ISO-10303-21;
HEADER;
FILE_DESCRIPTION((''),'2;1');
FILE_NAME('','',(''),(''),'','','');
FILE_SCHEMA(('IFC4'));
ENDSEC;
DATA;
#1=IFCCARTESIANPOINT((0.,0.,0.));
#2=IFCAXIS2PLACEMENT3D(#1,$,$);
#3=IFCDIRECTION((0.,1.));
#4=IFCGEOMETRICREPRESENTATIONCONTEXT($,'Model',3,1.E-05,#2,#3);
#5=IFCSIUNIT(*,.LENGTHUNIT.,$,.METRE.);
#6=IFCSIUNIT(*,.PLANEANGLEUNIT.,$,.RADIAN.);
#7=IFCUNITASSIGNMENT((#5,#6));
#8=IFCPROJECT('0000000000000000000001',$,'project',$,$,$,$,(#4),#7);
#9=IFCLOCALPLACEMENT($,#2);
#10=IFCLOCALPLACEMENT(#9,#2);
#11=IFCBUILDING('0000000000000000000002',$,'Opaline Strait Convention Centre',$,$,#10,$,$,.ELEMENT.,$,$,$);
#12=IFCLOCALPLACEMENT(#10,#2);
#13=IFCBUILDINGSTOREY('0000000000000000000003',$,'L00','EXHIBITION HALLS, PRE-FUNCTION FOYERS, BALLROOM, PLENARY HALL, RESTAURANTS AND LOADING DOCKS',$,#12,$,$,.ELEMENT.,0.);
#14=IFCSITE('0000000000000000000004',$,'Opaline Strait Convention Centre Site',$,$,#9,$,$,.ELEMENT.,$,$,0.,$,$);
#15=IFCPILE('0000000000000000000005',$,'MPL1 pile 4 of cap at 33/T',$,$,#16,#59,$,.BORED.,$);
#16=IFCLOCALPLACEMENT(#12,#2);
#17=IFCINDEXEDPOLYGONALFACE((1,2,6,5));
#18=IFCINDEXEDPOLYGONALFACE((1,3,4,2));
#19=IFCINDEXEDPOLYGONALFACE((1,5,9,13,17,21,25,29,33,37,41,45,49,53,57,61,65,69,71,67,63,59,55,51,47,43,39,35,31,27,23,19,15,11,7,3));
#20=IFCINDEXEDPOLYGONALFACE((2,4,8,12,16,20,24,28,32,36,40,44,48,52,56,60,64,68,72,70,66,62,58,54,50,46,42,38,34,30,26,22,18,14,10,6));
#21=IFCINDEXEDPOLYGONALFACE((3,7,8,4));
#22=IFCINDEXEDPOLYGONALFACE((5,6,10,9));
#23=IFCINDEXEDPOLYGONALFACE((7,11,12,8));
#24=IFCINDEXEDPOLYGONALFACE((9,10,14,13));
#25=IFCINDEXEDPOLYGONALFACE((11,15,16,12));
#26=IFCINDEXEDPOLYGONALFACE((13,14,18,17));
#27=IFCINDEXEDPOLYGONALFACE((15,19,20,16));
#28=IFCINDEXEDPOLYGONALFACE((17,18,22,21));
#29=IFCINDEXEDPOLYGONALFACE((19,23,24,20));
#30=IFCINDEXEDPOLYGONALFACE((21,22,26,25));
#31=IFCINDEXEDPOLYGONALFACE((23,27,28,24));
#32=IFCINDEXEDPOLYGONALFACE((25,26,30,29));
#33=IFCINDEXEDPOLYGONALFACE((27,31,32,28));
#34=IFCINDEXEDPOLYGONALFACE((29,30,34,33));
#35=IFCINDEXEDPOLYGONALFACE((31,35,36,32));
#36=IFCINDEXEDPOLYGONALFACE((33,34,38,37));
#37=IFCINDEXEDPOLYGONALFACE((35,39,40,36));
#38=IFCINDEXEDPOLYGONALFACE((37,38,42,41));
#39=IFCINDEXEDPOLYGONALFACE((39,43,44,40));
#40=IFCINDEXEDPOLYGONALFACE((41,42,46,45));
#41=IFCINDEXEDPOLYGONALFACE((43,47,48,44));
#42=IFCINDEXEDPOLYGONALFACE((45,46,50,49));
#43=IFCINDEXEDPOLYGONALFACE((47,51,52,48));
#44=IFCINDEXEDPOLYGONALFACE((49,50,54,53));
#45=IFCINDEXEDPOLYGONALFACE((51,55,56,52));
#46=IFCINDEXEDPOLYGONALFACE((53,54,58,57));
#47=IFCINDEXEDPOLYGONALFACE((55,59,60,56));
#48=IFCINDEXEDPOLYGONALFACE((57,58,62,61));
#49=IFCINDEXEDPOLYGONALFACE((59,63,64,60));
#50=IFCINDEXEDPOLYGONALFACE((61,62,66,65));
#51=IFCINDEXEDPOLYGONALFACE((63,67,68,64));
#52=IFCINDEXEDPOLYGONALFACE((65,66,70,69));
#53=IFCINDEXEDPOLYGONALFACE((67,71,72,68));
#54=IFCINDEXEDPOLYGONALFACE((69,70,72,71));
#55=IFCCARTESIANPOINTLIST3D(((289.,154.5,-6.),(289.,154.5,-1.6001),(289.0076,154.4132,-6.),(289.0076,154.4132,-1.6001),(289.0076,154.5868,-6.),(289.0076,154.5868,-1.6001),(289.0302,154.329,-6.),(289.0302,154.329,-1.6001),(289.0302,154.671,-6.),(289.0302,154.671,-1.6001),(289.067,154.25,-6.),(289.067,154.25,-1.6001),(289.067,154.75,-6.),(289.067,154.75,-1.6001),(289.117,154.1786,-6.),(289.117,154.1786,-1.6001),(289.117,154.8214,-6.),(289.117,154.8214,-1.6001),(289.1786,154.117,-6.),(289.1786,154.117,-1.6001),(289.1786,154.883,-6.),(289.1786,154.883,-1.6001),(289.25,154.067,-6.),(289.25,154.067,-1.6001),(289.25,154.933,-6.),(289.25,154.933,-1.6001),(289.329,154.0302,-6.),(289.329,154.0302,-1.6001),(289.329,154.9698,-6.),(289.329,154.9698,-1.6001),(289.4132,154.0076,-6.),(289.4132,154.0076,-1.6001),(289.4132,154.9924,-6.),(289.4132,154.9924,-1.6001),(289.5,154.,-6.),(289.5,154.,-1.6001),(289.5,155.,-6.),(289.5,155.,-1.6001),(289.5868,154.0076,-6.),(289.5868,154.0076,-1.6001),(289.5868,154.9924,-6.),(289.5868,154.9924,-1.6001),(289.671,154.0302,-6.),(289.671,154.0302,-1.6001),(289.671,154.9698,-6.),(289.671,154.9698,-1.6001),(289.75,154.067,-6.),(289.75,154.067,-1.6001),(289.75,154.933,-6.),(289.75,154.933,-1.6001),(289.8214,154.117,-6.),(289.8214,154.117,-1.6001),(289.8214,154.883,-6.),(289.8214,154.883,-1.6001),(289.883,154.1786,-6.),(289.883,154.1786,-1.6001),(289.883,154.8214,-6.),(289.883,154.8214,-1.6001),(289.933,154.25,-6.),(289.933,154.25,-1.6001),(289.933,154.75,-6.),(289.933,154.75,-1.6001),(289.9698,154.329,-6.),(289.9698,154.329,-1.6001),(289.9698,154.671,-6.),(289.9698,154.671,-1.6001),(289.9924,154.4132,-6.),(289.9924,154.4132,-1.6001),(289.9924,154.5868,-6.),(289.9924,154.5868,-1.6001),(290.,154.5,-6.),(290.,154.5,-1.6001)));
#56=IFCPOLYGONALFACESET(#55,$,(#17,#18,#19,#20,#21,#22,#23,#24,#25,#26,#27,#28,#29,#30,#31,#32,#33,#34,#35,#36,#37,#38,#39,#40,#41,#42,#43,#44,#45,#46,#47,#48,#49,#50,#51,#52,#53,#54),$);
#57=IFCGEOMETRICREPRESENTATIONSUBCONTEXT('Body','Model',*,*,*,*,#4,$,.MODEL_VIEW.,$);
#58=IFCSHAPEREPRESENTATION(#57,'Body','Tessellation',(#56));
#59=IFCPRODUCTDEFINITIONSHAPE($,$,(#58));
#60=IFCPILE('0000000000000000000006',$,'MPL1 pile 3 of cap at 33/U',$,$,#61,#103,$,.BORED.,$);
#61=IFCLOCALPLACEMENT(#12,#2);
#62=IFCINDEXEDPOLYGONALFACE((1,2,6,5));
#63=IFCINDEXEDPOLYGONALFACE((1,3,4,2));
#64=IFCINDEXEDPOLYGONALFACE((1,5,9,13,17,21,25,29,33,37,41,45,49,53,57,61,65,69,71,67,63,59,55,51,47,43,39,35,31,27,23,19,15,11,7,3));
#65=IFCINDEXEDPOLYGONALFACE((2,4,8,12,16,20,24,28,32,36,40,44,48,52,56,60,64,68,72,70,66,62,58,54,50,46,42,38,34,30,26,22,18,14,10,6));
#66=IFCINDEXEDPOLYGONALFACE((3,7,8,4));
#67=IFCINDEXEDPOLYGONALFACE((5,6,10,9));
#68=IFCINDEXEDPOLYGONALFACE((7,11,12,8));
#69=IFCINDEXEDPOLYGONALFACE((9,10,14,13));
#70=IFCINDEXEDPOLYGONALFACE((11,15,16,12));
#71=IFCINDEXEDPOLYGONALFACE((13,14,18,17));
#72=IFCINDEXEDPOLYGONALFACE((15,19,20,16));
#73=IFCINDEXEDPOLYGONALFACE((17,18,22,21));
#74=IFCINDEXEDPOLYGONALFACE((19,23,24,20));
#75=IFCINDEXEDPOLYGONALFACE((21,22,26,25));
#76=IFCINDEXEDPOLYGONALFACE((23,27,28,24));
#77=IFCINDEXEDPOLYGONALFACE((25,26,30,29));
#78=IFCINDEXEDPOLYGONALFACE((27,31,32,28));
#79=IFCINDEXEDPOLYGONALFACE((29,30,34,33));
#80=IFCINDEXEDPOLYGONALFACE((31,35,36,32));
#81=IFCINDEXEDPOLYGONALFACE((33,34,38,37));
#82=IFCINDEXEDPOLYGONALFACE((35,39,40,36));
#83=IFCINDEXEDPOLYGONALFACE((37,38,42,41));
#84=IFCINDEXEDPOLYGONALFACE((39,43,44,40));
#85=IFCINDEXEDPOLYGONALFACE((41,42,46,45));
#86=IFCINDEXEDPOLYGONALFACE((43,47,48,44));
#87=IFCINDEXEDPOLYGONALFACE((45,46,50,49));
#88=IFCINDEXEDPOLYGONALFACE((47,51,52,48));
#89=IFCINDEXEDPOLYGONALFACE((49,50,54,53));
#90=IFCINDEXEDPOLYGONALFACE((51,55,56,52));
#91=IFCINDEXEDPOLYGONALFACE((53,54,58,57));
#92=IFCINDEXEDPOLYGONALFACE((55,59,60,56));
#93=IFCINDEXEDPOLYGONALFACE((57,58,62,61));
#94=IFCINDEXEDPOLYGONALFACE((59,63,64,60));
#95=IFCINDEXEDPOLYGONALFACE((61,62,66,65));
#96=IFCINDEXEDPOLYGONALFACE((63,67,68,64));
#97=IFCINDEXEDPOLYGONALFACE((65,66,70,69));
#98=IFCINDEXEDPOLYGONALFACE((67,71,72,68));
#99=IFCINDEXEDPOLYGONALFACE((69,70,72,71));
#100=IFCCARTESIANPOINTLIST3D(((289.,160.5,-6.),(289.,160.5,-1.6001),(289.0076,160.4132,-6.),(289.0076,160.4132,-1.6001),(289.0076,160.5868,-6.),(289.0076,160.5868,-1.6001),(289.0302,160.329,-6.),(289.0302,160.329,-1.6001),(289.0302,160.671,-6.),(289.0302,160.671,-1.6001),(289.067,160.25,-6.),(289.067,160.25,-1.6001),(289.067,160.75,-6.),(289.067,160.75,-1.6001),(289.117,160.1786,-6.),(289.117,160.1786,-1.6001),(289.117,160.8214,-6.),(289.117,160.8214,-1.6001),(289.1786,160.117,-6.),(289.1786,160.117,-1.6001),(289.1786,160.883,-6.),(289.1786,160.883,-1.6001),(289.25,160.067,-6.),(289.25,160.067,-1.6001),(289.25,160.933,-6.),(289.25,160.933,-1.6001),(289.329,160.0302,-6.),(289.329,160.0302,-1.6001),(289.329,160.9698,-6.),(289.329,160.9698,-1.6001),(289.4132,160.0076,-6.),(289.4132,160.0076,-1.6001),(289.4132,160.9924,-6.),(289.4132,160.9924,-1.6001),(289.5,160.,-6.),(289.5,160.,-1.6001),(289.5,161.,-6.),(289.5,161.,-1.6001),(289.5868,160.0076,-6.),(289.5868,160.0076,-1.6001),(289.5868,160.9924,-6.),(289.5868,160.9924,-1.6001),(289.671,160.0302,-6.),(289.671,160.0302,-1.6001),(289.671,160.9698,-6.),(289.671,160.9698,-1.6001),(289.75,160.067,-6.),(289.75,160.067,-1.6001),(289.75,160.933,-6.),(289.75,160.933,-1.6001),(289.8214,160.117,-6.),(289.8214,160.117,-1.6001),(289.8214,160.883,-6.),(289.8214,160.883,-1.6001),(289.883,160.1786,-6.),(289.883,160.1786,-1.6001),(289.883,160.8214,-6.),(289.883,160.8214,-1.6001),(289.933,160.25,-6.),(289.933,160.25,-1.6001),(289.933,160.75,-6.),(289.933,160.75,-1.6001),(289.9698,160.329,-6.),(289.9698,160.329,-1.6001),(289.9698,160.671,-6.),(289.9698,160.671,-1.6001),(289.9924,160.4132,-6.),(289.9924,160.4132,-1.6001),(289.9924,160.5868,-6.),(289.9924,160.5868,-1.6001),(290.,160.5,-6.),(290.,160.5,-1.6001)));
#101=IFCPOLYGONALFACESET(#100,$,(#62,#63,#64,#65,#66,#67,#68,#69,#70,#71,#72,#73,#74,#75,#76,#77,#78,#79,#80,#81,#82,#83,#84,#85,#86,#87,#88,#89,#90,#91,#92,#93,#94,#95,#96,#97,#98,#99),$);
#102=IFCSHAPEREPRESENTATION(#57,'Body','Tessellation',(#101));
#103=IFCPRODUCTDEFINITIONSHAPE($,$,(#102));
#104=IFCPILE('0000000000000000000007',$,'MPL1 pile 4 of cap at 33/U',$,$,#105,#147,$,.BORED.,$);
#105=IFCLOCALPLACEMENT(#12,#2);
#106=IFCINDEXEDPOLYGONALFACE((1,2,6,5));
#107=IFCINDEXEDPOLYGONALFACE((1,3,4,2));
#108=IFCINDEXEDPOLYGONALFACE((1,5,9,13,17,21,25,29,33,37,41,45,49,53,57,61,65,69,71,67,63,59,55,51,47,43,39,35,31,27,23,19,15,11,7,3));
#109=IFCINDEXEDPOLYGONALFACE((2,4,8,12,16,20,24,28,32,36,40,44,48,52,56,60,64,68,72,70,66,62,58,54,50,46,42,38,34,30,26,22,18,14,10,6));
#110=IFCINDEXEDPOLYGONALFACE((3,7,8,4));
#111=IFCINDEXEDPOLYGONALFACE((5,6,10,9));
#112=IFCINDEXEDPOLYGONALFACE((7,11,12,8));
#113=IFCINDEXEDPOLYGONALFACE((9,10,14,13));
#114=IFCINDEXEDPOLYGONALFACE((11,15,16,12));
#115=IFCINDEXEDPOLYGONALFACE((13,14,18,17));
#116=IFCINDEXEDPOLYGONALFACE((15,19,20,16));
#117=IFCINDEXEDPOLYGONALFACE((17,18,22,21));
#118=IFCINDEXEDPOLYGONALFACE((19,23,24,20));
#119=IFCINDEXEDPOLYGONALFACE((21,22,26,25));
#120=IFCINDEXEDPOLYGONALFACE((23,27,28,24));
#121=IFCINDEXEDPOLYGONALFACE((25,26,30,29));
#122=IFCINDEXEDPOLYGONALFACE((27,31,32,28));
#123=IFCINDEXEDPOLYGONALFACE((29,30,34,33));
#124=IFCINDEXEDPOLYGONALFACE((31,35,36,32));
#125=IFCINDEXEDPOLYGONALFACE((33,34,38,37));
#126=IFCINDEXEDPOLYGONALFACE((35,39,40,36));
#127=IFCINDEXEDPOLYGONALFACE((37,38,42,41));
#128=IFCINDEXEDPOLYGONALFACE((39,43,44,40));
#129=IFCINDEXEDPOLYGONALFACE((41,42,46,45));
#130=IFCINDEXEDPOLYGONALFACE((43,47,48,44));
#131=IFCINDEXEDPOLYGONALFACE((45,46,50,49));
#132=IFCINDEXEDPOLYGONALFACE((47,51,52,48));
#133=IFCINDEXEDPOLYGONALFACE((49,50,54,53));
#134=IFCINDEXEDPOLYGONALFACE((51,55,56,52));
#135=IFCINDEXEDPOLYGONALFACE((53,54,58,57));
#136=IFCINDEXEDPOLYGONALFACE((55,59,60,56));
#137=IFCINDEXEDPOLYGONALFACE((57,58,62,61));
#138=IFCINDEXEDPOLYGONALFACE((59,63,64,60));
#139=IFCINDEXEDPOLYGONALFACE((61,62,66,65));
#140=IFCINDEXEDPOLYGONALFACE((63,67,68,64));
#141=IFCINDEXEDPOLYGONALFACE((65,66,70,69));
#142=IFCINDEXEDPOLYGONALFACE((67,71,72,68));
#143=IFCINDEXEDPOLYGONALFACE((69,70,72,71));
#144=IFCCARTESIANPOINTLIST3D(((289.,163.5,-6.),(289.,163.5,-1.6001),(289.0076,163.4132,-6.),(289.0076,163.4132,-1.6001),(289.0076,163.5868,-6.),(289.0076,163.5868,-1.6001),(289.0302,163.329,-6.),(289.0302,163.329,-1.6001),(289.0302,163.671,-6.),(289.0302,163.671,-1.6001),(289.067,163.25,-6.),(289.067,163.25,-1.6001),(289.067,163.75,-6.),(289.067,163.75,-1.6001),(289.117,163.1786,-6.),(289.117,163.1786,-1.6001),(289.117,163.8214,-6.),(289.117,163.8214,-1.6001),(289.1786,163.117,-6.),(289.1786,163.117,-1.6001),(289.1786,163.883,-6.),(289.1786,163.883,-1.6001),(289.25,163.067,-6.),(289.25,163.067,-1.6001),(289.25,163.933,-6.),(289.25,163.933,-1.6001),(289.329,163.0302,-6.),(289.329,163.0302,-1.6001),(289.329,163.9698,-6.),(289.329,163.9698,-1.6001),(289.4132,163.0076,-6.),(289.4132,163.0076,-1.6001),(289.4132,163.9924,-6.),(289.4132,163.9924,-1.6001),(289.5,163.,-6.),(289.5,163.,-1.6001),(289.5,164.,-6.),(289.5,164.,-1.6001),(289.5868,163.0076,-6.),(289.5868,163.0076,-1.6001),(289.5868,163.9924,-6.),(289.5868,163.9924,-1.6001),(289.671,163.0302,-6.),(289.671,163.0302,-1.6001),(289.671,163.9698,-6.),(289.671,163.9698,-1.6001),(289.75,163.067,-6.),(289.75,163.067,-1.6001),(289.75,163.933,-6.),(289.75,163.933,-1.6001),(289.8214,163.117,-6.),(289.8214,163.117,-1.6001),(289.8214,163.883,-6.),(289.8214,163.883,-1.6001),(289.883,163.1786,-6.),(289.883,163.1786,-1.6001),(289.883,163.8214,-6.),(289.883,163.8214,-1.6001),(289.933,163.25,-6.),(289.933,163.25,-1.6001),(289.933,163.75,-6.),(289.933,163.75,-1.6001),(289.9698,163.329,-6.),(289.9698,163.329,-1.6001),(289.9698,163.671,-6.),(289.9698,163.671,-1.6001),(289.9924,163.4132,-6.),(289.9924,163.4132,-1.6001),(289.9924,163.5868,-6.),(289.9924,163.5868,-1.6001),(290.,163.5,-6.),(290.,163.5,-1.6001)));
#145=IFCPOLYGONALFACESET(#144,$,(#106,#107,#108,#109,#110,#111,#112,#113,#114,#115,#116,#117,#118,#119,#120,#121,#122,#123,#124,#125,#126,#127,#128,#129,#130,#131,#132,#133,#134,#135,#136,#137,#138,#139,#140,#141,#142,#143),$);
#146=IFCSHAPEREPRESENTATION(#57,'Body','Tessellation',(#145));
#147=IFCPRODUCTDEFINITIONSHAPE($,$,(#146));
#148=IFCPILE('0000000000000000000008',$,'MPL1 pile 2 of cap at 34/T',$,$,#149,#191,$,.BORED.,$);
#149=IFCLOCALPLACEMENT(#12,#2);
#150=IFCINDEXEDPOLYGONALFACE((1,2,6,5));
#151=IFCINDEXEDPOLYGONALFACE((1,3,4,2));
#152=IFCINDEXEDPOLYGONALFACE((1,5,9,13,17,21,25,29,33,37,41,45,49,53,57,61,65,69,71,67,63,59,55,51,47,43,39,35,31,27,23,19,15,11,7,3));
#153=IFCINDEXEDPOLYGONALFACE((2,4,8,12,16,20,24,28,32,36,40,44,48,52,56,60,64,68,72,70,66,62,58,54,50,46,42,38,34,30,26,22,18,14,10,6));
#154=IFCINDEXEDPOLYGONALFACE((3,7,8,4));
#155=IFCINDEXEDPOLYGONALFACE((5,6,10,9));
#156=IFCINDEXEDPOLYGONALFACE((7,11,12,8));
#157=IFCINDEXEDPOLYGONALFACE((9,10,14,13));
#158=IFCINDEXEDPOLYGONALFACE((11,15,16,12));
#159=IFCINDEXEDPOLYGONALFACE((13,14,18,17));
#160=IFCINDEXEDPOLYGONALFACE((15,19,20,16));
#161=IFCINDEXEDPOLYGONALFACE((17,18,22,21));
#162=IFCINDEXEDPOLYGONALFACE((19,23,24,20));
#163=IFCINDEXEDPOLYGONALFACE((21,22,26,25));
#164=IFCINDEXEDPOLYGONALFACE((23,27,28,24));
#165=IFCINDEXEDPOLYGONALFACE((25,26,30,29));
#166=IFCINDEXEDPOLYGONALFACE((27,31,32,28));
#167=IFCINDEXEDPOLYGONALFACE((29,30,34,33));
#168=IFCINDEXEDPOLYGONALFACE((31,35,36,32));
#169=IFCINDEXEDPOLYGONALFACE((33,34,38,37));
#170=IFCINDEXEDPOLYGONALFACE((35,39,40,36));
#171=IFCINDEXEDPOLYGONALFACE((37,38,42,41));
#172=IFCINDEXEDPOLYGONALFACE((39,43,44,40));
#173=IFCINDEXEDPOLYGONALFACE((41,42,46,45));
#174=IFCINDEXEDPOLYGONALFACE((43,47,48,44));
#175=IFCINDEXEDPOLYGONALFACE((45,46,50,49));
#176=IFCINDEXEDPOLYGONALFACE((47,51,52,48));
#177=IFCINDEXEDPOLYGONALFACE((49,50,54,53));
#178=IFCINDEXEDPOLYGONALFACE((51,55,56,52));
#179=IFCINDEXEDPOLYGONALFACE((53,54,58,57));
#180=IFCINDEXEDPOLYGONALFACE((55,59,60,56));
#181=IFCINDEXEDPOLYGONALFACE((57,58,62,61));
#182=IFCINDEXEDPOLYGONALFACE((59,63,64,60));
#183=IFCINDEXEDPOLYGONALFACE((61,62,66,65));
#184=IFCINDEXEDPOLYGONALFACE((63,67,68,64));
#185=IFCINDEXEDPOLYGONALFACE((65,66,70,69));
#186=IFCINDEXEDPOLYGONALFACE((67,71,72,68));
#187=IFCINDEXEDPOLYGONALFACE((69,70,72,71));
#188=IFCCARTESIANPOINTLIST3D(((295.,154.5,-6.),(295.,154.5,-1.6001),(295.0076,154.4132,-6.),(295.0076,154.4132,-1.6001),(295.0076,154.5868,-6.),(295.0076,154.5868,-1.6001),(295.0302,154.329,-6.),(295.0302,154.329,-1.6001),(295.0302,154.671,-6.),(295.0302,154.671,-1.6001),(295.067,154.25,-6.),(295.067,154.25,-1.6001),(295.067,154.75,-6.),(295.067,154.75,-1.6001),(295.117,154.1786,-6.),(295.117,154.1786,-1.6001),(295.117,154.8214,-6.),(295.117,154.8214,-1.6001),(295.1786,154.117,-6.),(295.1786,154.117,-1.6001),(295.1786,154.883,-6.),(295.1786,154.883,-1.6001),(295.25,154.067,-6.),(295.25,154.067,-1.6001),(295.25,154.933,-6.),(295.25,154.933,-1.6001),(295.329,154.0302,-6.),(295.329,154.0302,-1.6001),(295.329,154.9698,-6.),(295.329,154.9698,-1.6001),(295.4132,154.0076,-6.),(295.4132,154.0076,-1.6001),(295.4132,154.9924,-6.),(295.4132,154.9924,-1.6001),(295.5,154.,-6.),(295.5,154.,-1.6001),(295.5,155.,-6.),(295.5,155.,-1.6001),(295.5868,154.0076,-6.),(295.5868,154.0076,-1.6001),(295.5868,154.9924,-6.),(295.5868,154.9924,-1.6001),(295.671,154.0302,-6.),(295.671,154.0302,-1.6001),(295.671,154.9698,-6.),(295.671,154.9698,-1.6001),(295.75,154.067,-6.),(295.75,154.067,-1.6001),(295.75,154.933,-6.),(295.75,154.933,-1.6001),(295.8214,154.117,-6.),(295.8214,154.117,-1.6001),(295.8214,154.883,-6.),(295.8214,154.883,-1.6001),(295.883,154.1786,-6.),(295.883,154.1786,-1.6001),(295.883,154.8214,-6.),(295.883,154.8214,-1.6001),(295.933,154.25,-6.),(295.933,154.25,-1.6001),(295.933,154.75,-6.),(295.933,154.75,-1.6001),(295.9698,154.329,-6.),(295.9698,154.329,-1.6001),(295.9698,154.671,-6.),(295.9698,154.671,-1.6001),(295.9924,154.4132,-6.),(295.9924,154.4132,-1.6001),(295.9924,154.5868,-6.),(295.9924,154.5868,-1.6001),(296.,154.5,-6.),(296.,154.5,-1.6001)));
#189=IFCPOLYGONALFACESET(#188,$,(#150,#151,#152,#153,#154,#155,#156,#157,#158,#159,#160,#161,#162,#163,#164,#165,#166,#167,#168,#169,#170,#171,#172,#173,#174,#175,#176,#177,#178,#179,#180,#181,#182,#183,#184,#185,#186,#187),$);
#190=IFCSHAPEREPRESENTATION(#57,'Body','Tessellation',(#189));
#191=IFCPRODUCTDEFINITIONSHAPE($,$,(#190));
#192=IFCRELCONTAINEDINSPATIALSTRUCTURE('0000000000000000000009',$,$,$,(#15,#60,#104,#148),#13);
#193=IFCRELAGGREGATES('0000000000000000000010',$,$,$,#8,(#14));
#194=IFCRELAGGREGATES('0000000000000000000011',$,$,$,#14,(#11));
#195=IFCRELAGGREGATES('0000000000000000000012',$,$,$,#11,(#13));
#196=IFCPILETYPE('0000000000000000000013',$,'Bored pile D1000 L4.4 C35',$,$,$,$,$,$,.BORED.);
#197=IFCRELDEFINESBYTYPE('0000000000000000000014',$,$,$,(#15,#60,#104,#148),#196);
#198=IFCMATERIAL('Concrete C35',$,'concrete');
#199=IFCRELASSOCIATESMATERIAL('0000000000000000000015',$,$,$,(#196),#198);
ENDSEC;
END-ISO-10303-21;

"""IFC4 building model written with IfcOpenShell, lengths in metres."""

from ifc_helpers import new_model, si_unit, direction, frame, origin, origin_2d, place, context, subcontext, project, spatial, circle, extrude, material, material_profile, profile_set, type_object, element, save


model = new_model("IFC4")

# Units and contexts
model_context = context("Model", 3, precision=1e-05, world=origin(), true_north=direction((0.0, 1.0)))
body_context = subcontext(model_context, "Body", "Model", "MODEL_VIEW")
ifc_project = project(units=[si_unit("LENGTHUNIT", "METRE"), si_unit("PLANEANGLEUNIT", "RADIAN")], contexts=[model_context])

# Site, building, storey
site_placement = place(None, origin())
site = spatial("IfcSite", under=ifc_project, at=site_placement, Name="Opaline Strait Convention Centre Site", CompositionType="ELEMENT", RefElevation=0.0)
building_placement = place(site_placement, origin())
building = spatial("IfcBuilding", under=site, at=building_placement, Name="Opaline Strait Convention Centre", CompositionType="ELEMENT")
storey_placement = place(building_placement, origin())
storey = spatial("IfcBuildingStorey", under=building, at=storey_placement, Name="L00", Description="EXHIBITION HALLS, PRE-FUNCTION FOYERS, BALLROOM, PLENARY HALL, RESTAURANTS AND LOADING DOCKS", CompositionType="ELEMENT", Elevation=0.0)

# Piles
ifc_material_1 = material(Name="Concrete C35", Category="concrete")
ifc_material_profile_1 = material_profile(ifc_material_1, circle(Radius=0.5, at=origin_2d()), Name="D1000")
ifc_profile_set_1 = profile_set([ifc_material_profile_1], Name="Concrete C35")
pile_type = type_object("IfcPileType", Name="Bored pile D1000 L4.4 C35", PredefinedType="BORED", material=ifc_profile_set_1)
for number, where, z_axis, x_axis, name in (
    (1, (289.5, 154.5, -1.6001), (0.0, 0.0, -1.0), (1.0, 0.0, 0.0), "MPL1 pile 4 of cap at 33/T"),
    (2, (289.5, 160.5, -1.6001), (0.0, 0.0, -1.0), (1.0, 0.0, 0.0), "MPL1 pile 3 of cap at 33/U"),
    (3, (289.5, 163.5, -1.6001), (0.0, 0.0, -1.0), (1.0, 0.0, 0.0), "MPL1 pile 4 of cap at 33/U"),
    (4, (295.5, 154.5, -1.6001), (0.0, 0.0, -1.0), (1.0, 0.0, 0.0), "MPL1 pile 2 of cap at 34/T"),
):
    element("IfcPile", number, at=place(storey_placement, frame(where, z_axis=z_axis, x_axis=x_axis)), inside=storey, type_object=pile_type, Name=name, PredefinedType="BORED", context=body_context, shape_type="SweptSolid", body=[
        extrude(circle(Radius=0.5, at=origin_2d()), origin(), (0.0, 0.0, 1.0), 4.3999),
    ])

save(model, "model.ifc")
